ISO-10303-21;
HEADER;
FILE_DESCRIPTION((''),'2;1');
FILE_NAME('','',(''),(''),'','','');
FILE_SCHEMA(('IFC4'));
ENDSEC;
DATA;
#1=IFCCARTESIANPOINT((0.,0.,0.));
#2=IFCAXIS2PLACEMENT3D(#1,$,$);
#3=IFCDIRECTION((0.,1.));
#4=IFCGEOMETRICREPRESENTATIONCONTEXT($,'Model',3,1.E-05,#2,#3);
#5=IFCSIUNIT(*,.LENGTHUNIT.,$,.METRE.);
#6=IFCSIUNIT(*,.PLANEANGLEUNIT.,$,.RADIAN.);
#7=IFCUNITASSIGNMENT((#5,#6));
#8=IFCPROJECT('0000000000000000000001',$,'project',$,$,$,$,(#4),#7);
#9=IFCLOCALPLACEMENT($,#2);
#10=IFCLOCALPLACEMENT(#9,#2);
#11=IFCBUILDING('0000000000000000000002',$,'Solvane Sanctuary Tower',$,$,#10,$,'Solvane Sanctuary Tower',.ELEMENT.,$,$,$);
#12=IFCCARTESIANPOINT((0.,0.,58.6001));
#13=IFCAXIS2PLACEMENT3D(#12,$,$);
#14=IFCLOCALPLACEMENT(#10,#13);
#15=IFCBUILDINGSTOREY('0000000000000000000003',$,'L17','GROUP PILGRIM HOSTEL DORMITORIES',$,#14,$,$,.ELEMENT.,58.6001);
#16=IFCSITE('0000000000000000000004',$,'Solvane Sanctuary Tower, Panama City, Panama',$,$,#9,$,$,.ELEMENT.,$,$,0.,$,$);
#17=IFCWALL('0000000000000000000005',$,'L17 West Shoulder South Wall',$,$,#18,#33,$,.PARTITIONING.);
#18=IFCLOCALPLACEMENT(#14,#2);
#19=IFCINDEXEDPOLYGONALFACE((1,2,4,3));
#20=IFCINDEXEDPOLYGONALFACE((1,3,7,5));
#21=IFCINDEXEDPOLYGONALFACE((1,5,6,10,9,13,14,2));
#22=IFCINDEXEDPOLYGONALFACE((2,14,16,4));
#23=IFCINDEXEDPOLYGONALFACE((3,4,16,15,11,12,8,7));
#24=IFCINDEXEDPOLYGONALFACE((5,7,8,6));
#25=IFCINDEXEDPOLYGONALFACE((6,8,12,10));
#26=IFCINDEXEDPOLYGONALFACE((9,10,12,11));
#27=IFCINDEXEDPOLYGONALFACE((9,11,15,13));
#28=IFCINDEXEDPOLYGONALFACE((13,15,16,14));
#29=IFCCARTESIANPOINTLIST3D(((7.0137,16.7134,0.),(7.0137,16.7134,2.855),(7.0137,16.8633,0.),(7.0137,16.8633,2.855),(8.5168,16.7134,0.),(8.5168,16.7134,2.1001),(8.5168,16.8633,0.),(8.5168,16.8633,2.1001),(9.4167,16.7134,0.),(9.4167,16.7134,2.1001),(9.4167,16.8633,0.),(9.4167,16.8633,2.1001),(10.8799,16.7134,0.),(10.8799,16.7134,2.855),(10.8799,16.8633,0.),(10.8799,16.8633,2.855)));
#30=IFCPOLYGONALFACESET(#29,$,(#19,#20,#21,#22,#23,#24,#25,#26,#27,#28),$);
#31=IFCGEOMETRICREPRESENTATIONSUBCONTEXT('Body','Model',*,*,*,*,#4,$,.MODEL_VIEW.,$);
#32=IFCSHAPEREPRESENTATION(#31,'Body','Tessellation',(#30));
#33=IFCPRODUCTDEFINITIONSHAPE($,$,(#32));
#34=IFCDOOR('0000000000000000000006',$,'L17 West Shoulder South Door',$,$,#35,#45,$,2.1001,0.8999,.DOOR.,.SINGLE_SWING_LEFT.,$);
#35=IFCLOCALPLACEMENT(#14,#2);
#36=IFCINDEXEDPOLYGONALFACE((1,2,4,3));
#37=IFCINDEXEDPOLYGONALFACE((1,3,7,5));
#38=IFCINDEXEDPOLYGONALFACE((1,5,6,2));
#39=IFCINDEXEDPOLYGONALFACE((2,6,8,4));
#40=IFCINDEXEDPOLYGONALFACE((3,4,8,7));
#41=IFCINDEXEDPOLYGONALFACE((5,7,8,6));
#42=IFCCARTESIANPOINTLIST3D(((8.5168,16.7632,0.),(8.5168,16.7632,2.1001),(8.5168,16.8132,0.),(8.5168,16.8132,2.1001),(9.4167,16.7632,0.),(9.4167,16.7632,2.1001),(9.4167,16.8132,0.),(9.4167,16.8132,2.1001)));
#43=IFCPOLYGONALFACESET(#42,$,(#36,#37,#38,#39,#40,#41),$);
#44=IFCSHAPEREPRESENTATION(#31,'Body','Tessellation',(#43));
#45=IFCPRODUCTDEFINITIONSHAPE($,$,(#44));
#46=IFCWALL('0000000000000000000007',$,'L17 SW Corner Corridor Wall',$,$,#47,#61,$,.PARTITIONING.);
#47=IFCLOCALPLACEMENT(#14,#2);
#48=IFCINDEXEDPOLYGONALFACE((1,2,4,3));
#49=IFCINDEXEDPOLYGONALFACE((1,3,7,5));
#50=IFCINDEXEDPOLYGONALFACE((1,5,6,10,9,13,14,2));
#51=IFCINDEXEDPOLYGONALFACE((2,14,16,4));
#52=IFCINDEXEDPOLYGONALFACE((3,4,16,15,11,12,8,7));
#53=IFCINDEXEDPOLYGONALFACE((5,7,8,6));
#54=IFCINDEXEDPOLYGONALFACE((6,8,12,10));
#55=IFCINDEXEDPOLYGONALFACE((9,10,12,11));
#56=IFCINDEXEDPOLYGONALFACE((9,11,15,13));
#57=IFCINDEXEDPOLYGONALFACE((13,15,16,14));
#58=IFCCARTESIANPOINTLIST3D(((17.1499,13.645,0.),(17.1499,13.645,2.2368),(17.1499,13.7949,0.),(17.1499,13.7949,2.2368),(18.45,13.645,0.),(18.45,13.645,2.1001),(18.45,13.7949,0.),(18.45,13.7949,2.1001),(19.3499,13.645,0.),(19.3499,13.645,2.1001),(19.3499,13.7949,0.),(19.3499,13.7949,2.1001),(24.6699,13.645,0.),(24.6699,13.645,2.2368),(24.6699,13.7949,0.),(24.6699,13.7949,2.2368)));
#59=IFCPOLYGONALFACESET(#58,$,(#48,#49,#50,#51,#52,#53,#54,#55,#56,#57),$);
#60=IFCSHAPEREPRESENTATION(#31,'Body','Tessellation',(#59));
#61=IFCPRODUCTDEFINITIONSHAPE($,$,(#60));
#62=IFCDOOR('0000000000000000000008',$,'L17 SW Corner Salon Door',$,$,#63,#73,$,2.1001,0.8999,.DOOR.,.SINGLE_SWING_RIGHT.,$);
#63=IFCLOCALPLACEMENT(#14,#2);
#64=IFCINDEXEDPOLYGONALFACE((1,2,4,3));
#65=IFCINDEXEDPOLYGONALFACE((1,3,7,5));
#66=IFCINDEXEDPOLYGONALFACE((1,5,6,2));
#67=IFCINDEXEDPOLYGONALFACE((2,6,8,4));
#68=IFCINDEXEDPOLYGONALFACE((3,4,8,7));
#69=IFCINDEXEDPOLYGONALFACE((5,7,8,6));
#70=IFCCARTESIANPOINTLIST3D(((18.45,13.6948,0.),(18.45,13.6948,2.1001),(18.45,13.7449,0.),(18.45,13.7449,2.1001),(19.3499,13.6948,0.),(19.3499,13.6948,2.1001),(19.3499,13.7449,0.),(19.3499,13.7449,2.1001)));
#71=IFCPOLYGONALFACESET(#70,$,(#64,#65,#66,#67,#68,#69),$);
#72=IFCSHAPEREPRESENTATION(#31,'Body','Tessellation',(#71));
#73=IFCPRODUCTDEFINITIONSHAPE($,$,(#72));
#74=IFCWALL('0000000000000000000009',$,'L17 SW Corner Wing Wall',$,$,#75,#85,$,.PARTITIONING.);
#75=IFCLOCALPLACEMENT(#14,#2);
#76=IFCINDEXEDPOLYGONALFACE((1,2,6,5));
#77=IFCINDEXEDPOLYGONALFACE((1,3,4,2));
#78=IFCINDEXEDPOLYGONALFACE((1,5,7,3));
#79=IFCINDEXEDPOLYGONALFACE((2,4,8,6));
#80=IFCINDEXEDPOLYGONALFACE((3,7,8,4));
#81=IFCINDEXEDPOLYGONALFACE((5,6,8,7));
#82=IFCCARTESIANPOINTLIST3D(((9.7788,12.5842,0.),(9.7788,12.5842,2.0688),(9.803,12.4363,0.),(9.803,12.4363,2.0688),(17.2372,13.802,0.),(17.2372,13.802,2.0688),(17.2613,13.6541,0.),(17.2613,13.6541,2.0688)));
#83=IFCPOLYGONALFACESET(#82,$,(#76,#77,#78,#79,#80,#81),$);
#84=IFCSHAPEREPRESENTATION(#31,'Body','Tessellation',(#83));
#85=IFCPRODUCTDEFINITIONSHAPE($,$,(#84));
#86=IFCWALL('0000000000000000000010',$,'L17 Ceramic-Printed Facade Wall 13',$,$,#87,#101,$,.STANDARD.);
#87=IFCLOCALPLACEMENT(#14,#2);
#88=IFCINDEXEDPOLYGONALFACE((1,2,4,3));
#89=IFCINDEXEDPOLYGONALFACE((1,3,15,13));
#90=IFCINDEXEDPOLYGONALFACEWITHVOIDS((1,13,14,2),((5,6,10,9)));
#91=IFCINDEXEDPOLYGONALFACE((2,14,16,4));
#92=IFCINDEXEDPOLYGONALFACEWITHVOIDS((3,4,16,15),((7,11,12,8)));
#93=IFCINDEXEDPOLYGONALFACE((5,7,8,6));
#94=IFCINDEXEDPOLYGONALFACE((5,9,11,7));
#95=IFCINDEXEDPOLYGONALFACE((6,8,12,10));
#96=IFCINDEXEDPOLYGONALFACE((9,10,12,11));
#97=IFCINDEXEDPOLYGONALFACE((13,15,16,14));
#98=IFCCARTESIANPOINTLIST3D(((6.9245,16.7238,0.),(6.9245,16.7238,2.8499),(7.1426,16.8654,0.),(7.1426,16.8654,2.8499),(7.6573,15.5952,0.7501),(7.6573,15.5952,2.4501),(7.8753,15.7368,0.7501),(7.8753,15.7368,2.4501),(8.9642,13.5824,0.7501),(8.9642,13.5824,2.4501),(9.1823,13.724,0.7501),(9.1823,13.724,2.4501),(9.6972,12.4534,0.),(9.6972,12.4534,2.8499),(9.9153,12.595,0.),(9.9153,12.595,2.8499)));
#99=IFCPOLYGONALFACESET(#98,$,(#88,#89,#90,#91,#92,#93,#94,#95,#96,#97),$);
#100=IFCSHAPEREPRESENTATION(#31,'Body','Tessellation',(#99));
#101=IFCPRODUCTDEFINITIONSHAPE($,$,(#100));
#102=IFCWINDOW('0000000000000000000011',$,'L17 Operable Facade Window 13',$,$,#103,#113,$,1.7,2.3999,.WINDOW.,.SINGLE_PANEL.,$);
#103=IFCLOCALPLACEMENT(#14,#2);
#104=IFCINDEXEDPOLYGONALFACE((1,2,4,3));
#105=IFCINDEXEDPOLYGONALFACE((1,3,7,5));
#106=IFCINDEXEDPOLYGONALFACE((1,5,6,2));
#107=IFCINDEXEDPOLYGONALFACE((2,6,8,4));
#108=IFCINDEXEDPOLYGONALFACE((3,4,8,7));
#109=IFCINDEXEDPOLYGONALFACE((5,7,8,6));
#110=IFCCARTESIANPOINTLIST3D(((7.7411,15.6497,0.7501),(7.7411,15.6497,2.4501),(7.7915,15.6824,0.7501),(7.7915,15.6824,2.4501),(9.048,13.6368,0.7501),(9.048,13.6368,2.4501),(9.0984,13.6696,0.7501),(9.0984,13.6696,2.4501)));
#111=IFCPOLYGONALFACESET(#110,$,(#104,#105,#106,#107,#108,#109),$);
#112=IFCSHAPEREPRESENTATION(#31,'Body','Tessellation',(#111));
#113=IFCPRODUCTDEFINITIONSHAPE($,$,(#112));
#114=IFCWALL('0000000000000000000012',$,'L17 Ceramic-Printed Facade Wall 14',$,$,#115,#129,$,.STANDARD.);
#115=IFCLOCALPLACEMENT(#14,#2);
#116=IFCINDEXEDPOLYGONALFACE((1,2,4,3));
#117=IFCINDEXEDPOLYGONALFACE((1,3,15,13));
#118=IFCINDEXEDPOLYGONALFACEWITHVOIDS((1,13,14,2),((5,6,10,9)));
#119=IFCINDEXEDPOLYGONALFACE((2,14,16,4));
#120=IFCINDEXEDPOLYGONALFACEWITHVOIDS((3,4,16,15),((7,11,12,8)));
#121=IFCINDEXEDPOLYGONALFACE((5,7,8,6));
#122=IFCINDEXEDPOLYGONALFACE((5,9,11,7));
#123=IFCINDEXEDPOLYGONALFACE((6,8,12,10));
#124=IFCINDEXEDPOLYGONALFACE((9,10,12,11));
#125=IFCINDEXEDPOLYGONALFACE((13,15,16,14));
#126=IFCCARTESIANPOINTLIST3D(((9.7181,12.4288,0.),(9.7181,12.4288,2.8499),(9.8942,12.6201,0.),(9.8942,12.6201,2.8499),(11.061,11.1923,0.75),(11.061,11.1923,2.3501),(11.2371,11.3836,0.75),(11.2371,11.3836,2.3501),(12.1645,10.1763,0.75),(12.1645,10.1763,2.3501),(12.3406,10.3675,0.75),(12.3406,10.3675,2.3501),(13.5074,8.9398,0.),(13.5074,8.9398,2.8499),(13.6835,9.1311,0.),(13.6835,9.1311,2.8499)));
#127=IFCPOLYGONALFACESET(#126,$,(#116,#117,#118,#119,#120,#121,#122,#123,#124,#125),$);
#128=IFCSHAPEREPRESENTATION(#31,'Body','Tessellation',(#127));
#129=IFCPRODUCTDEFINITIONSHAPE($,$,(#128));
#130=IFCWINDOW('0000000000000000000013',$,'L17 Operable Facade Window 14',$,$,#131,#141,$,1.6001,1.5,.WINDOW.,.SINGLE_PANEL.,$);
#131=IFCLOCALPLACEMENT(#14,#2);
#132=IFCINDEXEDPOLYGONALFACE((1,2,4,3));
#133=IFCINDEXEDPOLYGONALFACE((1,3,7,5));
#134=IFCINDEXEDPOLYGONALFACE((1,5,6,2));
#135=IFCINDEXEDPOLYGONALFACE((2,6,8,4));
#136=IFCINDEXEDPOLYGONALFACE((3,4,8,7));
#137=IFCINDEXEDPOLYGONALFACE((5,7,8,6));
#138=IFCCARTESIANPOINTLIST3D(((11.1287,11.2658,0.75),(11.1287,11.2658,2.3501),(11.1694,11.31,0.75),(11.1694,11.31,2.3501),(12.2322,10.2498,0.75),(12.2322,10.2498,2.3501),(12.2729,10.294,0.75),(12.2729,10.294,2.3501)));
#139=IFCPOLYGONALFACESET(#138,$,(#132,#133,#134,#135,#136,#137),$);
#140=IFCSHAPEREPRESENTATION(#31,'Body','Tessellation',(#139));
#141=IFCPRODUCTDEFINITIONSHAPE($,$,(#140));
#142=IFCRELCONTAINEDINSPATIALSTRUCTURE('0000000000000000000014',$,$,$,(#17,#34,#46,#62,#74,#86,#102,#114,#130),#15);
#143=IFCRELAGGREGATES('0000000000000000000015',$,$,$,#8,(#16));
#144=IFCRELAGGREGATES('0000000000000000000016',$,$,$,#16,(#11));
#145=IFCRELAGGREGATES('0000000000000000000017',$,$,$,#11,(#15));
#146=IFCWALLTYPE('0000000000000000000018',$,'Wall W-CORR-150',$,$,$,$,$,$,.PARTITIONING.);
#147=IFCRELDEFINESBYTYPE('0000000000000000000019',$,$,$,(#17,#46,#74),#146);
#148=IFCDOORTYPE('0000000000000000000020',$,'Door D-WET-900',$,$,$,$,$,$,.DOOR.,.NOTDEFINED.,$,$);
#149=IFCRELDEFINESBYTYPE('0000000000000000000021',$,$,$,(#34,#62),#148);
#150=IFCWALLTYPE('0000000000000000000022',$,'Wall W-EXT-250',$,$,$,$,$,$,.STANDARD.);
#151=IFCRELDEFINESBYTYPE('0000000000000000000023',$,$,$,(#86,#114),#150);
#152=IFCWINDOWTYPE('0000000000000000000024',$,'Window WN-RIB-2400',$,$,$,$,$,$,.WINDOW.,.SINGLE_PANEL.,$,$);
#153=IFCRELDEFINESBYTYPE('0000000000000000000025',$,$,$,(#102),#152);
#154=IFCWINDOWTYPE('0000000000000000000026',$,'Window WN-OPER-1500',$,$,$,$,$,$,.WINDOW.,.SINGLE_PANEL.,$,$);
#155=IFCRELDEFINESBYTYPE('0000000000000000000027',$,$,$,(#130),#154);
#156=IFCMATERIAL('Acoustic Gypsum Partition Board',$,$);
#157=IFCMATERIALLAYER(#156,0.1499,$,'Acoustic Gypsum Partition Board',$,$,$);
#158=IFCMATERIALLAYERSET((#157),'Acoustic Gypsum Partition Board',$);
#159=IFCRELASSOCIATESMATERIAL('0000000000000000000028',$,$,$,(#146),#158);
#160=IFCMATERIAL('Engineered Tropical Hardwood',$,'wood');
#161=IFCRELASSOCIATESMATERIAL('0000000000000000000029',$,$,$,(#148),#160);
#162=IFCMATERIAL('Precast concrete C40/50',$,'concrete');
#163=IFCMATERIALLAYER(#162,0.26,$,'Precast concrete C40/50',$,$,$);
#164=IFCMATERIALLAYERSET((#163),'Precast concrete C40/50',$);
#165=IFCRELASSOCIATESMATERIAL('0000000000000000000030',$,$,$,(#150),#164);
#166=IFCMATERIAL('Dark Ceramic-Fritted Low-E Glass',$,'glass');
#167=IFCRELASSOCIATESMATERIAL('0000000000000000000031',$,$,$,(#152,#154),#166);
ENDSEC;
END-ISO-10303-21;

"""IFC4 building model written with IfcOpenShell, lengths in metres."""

from ifc_helpers import new_model, si_unit, direction, frame, frame_2d, origin, place, context, subcontext, project, spatial, rectangle, extrude, material, layer, layer_set, type_object, element, fill, save


model = new_model("IFC4")

# Units and contexts
model_context = context("Model", 3, precision=1e-05, world=origin(), true_north=direction((0.0, 1.0)))
body_context = subcontext(model_context, "Body", "Model", "MODEL_VIEW")
ifc_project = project(units=[si_unit("LENGTHUNIT", "METRE"), si_unit("PLANEANGLEUNIT", "RADIAN")], contexts=[model_context])

# Site, building, storey
site_placement = place(None, origin())
site = spatial("IfcSite", under=ifc_project, at=site_placement, Name="Solvane Sanctuary Tower, Panama City, Panama", CompositionType="ELEMENT", RefElevation=0.0)
building_placement = place(site_placement, origin())
building = spatial("IfcBuilding", under=site, at=building_placement, Name="Solvane Sanctuary Tower", LongName="Solvane Sanctuary Tower", CompositionType="ELEMENT")
storey_placement = place(building_placement, frame((0.0, 0.0, 58.6001)))
storey = spatial("IfcBuildingStorey", under=building, at=storey_placement, Name="L17", Description="GROUP PILGRIM HOSTEL DORMITORIES", CompositionType="ELEMENT", Elevation=58.6001)

# Shared definitions
ifc_material_1 = material(Name="Acoustic Gypsum Partition Board")
ifc_layer_1 = layer(ifc_material_1, 0.1499, Name="Acoustic Gypsum Partition Board")
ifc_layer_set_1 = layer_set([ifc_layer_1], Name="Acoustic Gypsum Partition Board")
wall_type_1 = type_object("IfcWallType", Name="Wall W-CORR-150", PredefinedType="PARTITIONING", material=ifc_layer_set_1)

# Walls, openings, doors
wall_1_placement = place(storey_placement, frame((7.0137, 16.7883, 0.0), z_axis=(0.0, 0.0, 1.0), x_axis=(1.0, 0.0, 0.0)))
wall_1 = element("IfcWall", 1, at=wall_1_placement, inside=storey, type_object=wall_type_1, Name="L17 West Shoulder South Wall", PredefinedType="PARTITIONING", context=body_context, shape_type="SweptSolid", body=[
    extrude(rectangle(XDim=3.8662, YDim=0.1499, at=frame_2d((1.9331, 0.0))), origin(), (0.0, 0.0, 1.0), 2.855),
])
opening_1_placement = place(wall_1_placement, frame((1.5032, 0.0, 0.0)))
opening_1 = element("IfcOpeningElement", 2, at=opening_1_placement, cuts=wall_1, PredefinedType="OPENING", context=body_context, shape_type="SweptSolid", body=[
    extrude(rectangle(XDim=0.8999, YDim=2.1001, at=frame_2d((0.45, 1.05))), frame((0.0, 0.085, 0.0), z_axis=(0.0, -1.0, 0.0), x_axis=(1.0, 0.0, 0.0)), (0.0, 0.0, 1.0), 0.1699),
])
ifc_material_2 = material(Name="Engineered Tropical Hardwood", Category="wood")
door_type_1 = type_object("IfcDoorType", Name="Door D-WET-900", OperationType="NOTDEFINED", PredefinedType="DOOR", material=ifc_material_2)
door_1_placement = place(opening_1_placement, origin())
door_1 = element("IfcDoor", 3, at=door_1_placement, inside=storey, type_object=door_type_1, Name="L17 West Shoulder South Door", OperationType="SINGLE_SWING_LEFT", OverallHeight=2.1001, OverallWidth=0.8999, PredefinedType="DOOR", context=body_context, shape_type="SweptSolid", body=[
    extrude(rectangle(XDim=0.8999, YDim=2.1001, at=frame_2d((0.45, 1.05))), frame((0.0, 0.0249, 0.0), z_axis=(0.0, -1.0, 0.0), x_axis=(1.0, 0.0, 0.0)), (0.0, 0.0, 1.0), 0.05),
])
fill(opening_1, door_1)
wall_2_placement = place(storey_placement, frame((17.1499, 13.72, 0.0), z_axis=(0.0, 0.0, 1.0), x_axis=(1.0, 0.0, 0.0)))
wall_2 = element("IfcWall", 4, at=wall_2_placement, inside=storey, type_object=wall_type_1, Name="L17 SW Corner Corridor Wall", PredefinedType="PARTITIONING", context=body_context, shape_type="SweptSolid", body=[
    extrude(rectangle(XDim=7.52, YDim=0.1499, at=frame_2d((3.76, 0.0))), origin(), (0.0, 0.0, 1.0), 2.2368),
])
opening_2_placement = place(wall_2_placement, frame((1.3, 0.0, 0.0)))
opening_2 = element("IfcOpeningElement", 5, at=opening_2_placement, cuts=wall_2, PredefinedType="OPENING", context=body_context, shape_type="SweptSolid", body=[
    extrude(rectangle(XDim=0.8999, YDim=2.1001, at=frame_2d((0.45, 1.05))), frame((0.0, 0.085, 0.0), z_axis=(0.0, -1.0, 0.0), x_axis=(1.0, 0.0, 0.0)), (0.0, 0.0, 1.0), 0.1699),
])
door_2_placement = place(opening_2_placement, origin())
door_2 = element("IfcDoor", 6, at=door_2_placement, inside=storey, type_object=door_type_1, Name="L17 SW Corner Salon Door", OperationType="SINGLE_SWING_RIGHT", OverallHeight=2.1001, OverallWidth=0.8999, PredefinedType="DOOR", context=body_context, shape_type="SweptSolid", body=[
    extrude(rectangle(XDim=0.8999, YDim=2.1001, at=frame_2d((0.45, 1.05))), frame((0.0, 0.0249, 0.0), z_axis=(0.0, -1.0, 0.0), x_axis=(1.0, 0.0, 0.0)), (0.0, 0.0, 1.0), 0.05),
])
fill(opening_2, door_2)

# Wall
wall_3_placement = place(storey_placement, frame((17.2493, 13.728, 0.0), z_axis=(0.0, 0.0, 1.0), x_axis=(-0.986931, -0.161145, 0.0)))
element("IfcWall", 7, at=wall_3_placement, inside=storey, type_object=wall_type_1, Name="L17 SW Corner Wing Wall", PredefinedType="PARTITIONING", context=body_context, shape_type="SweptSolid", body=[
    extrude(rectangle(XDim=7.5571, YDim=0.1499, at=frame_2d((3.7786, 0.0))), origin(), (0.0, 0.0, 1.0), 2.0688),
])

# Walls, openings, windows
ifc_material_3 = material(Name="Precast concrete C40/50", Category="concrete")
ifc_layer_2 = layer(ifc_material_3, 0.26, Name="Precast concrete C40/50")
ifc_layer_set_2 = layer_set([ifc_layer_2], Name="Precast concrete C40/50")
wall_type_2 = type_object("IfcWallType", Name="Wall W-EXT-250", PredefinedType="STANDARD", material=ifc_layer_set_2)
wall_4_placement = place(storey_placement, frame((7.0334, 16.7947, 0.0), z_axis=(0.0, 0.0, 1.0), x_axis=(0.544579, -0.83871, 0.0)))
wall_4 = element("IfcWall", 8, at=wall_4_placement, inside=storey, type_object=wall_type_2, Name="L17 Ceramic-Printed Facade Wall 13", PredefinedType="STANDARD", context=body_context, shape_type="SweptSolid", body=[
    extrude(rectangle(XDim=5.0916, YDim=0.26, at=frame_2d((2.5459, 0.0))), origin(), (0.0, 0.0, 1.0), 2.8499),
])
opening_3_placement = place(wall_4_placement, frame((1.3457, 0.0, 0.75)))
opening_3 = element("IfcOpeningElement", 9, at=opening_3_placement, cuts=wall_4, PredefinedType="OPENING", context=body_context, shape_type="SweptSolid", body=[
    extrude(rectangle(XDim=2.3999, YDim=1.7, at=frame_2d((1.2, 0.8501))), frame((0.0, 0.1399, 0.0), z_axis=(0.0, -1.0, 0.0), x_axis=(1.0, 0.0, 0.0)), (0.0, 0.0, 1.0), 0.28),
])
ifc_material_4 = material(Name="Dark Ceramic-Fritted Low-E Glass", Category="glass")
window_type_1 = type_object("IfcWindowType", Name="Window WN-RIB-2400", PartitioningType="SINGLE_PANEL", PredefinedType="WINDOW", material=ifc_material_4)
window_1_placement = place(opening_3_placement, origin())
window_1 = element("IfcWindow", 10, at=window_1_placement, inside=storey, type_object=window_type_1, Name="L17 Operable Facade Window 13", OverallHeight=1.7, OverallWidth=2.3999, PartitioningType="SINGLE_PANEL", PredefinedType="WINDOW", context=body_context, shape_type="SweptSolid", body=[
    extrude(rectangle(XDim=2.3999, YDim=1.7, at=frame_2d((1.2, 0.8501))), frame((0.0, 0.03, 0.0), z_axis=(0.0, -1.0, 0.0), x_axis=(1.0, 0.0, 0.0)), (0.0, 0.0, 1.0), 0.0601),
])
fill(opening_3, window_1)
wall_5_placement = place(storey_placement, frame((9.8062, 12.5244, 0.0), z_axis=(0.0, 0.0, 1.0), x_axis=(0.735655, -0.677356, 0.0)))
wall_5 = element("IfcWall", 11, at=wall_5_placement, inside=storey, type_object=wall_type_2, Name="L17 Ceramic-Printed Facade Wall 14", PredefinedType="STANDARD", context=body_context, shape_type="SweptSolid", body=[
    extrude(rectangle(XDim=5.1509, YDim=0.26, at=frame_2d((2.5754, 0.0))), origin(), (0.0, 0.0, 1.0), 2.8499),
])
opening_4_placement = place(wall_5_placement, frame((1.8254, 0.0, 0.75)))
opening_4 = element("IfcOpeningElement", 12, at=opening_4_placement, cuts=wall_5, PredefinedType="OPENING", context=body_context, shape_type="SweptSolid", body=[
    extrude(rectangle(XDim=1.5, YDim=1.6001, at=frame_2d((0.75, 0.8))), frame((0.0, 0.1399, 0.0), z_axis=(0.0, -1.0, 0.0), x_axis=(1.0, 0.0, 0.0)), (0.0, 0.0, 1.0), 0.28),
])
window_type_2 = type_object("IfcWindowType", Name="Window WN-OPER-1500", PartitioningType="SINGLE_PANEL", PredefinedType="WINDOW", material=ifc_material_4)
window_2_placement = place(opening_4_placement, origin())
window_2 = element("IfcWindow", 13, at=window_2_placement, inside=storey, type_object=window_type_2, Name="L17 Operable Facade Window 14", OverallHeight=1.6001, OverallWidth=1.5, PartitioningType="SINGLE_PANEL", PredefinedType="WINDOW", context=body_context, shape_type="SweptSolid", body=[
    extrude(rectangle(XDim=1.5, YDim=1.6001, at=frame_2d((0.75, 0.8))), frame((0.0, 0.03, 0.0), z_axis=(0.0, -1.0, 0.0), x_axis=(1.0, 0.0, 0.0)), (0.0, 0.0, 1.0), 0.0601),
])
fill(opening_4, window_2)

save(model, "model.ifc")
